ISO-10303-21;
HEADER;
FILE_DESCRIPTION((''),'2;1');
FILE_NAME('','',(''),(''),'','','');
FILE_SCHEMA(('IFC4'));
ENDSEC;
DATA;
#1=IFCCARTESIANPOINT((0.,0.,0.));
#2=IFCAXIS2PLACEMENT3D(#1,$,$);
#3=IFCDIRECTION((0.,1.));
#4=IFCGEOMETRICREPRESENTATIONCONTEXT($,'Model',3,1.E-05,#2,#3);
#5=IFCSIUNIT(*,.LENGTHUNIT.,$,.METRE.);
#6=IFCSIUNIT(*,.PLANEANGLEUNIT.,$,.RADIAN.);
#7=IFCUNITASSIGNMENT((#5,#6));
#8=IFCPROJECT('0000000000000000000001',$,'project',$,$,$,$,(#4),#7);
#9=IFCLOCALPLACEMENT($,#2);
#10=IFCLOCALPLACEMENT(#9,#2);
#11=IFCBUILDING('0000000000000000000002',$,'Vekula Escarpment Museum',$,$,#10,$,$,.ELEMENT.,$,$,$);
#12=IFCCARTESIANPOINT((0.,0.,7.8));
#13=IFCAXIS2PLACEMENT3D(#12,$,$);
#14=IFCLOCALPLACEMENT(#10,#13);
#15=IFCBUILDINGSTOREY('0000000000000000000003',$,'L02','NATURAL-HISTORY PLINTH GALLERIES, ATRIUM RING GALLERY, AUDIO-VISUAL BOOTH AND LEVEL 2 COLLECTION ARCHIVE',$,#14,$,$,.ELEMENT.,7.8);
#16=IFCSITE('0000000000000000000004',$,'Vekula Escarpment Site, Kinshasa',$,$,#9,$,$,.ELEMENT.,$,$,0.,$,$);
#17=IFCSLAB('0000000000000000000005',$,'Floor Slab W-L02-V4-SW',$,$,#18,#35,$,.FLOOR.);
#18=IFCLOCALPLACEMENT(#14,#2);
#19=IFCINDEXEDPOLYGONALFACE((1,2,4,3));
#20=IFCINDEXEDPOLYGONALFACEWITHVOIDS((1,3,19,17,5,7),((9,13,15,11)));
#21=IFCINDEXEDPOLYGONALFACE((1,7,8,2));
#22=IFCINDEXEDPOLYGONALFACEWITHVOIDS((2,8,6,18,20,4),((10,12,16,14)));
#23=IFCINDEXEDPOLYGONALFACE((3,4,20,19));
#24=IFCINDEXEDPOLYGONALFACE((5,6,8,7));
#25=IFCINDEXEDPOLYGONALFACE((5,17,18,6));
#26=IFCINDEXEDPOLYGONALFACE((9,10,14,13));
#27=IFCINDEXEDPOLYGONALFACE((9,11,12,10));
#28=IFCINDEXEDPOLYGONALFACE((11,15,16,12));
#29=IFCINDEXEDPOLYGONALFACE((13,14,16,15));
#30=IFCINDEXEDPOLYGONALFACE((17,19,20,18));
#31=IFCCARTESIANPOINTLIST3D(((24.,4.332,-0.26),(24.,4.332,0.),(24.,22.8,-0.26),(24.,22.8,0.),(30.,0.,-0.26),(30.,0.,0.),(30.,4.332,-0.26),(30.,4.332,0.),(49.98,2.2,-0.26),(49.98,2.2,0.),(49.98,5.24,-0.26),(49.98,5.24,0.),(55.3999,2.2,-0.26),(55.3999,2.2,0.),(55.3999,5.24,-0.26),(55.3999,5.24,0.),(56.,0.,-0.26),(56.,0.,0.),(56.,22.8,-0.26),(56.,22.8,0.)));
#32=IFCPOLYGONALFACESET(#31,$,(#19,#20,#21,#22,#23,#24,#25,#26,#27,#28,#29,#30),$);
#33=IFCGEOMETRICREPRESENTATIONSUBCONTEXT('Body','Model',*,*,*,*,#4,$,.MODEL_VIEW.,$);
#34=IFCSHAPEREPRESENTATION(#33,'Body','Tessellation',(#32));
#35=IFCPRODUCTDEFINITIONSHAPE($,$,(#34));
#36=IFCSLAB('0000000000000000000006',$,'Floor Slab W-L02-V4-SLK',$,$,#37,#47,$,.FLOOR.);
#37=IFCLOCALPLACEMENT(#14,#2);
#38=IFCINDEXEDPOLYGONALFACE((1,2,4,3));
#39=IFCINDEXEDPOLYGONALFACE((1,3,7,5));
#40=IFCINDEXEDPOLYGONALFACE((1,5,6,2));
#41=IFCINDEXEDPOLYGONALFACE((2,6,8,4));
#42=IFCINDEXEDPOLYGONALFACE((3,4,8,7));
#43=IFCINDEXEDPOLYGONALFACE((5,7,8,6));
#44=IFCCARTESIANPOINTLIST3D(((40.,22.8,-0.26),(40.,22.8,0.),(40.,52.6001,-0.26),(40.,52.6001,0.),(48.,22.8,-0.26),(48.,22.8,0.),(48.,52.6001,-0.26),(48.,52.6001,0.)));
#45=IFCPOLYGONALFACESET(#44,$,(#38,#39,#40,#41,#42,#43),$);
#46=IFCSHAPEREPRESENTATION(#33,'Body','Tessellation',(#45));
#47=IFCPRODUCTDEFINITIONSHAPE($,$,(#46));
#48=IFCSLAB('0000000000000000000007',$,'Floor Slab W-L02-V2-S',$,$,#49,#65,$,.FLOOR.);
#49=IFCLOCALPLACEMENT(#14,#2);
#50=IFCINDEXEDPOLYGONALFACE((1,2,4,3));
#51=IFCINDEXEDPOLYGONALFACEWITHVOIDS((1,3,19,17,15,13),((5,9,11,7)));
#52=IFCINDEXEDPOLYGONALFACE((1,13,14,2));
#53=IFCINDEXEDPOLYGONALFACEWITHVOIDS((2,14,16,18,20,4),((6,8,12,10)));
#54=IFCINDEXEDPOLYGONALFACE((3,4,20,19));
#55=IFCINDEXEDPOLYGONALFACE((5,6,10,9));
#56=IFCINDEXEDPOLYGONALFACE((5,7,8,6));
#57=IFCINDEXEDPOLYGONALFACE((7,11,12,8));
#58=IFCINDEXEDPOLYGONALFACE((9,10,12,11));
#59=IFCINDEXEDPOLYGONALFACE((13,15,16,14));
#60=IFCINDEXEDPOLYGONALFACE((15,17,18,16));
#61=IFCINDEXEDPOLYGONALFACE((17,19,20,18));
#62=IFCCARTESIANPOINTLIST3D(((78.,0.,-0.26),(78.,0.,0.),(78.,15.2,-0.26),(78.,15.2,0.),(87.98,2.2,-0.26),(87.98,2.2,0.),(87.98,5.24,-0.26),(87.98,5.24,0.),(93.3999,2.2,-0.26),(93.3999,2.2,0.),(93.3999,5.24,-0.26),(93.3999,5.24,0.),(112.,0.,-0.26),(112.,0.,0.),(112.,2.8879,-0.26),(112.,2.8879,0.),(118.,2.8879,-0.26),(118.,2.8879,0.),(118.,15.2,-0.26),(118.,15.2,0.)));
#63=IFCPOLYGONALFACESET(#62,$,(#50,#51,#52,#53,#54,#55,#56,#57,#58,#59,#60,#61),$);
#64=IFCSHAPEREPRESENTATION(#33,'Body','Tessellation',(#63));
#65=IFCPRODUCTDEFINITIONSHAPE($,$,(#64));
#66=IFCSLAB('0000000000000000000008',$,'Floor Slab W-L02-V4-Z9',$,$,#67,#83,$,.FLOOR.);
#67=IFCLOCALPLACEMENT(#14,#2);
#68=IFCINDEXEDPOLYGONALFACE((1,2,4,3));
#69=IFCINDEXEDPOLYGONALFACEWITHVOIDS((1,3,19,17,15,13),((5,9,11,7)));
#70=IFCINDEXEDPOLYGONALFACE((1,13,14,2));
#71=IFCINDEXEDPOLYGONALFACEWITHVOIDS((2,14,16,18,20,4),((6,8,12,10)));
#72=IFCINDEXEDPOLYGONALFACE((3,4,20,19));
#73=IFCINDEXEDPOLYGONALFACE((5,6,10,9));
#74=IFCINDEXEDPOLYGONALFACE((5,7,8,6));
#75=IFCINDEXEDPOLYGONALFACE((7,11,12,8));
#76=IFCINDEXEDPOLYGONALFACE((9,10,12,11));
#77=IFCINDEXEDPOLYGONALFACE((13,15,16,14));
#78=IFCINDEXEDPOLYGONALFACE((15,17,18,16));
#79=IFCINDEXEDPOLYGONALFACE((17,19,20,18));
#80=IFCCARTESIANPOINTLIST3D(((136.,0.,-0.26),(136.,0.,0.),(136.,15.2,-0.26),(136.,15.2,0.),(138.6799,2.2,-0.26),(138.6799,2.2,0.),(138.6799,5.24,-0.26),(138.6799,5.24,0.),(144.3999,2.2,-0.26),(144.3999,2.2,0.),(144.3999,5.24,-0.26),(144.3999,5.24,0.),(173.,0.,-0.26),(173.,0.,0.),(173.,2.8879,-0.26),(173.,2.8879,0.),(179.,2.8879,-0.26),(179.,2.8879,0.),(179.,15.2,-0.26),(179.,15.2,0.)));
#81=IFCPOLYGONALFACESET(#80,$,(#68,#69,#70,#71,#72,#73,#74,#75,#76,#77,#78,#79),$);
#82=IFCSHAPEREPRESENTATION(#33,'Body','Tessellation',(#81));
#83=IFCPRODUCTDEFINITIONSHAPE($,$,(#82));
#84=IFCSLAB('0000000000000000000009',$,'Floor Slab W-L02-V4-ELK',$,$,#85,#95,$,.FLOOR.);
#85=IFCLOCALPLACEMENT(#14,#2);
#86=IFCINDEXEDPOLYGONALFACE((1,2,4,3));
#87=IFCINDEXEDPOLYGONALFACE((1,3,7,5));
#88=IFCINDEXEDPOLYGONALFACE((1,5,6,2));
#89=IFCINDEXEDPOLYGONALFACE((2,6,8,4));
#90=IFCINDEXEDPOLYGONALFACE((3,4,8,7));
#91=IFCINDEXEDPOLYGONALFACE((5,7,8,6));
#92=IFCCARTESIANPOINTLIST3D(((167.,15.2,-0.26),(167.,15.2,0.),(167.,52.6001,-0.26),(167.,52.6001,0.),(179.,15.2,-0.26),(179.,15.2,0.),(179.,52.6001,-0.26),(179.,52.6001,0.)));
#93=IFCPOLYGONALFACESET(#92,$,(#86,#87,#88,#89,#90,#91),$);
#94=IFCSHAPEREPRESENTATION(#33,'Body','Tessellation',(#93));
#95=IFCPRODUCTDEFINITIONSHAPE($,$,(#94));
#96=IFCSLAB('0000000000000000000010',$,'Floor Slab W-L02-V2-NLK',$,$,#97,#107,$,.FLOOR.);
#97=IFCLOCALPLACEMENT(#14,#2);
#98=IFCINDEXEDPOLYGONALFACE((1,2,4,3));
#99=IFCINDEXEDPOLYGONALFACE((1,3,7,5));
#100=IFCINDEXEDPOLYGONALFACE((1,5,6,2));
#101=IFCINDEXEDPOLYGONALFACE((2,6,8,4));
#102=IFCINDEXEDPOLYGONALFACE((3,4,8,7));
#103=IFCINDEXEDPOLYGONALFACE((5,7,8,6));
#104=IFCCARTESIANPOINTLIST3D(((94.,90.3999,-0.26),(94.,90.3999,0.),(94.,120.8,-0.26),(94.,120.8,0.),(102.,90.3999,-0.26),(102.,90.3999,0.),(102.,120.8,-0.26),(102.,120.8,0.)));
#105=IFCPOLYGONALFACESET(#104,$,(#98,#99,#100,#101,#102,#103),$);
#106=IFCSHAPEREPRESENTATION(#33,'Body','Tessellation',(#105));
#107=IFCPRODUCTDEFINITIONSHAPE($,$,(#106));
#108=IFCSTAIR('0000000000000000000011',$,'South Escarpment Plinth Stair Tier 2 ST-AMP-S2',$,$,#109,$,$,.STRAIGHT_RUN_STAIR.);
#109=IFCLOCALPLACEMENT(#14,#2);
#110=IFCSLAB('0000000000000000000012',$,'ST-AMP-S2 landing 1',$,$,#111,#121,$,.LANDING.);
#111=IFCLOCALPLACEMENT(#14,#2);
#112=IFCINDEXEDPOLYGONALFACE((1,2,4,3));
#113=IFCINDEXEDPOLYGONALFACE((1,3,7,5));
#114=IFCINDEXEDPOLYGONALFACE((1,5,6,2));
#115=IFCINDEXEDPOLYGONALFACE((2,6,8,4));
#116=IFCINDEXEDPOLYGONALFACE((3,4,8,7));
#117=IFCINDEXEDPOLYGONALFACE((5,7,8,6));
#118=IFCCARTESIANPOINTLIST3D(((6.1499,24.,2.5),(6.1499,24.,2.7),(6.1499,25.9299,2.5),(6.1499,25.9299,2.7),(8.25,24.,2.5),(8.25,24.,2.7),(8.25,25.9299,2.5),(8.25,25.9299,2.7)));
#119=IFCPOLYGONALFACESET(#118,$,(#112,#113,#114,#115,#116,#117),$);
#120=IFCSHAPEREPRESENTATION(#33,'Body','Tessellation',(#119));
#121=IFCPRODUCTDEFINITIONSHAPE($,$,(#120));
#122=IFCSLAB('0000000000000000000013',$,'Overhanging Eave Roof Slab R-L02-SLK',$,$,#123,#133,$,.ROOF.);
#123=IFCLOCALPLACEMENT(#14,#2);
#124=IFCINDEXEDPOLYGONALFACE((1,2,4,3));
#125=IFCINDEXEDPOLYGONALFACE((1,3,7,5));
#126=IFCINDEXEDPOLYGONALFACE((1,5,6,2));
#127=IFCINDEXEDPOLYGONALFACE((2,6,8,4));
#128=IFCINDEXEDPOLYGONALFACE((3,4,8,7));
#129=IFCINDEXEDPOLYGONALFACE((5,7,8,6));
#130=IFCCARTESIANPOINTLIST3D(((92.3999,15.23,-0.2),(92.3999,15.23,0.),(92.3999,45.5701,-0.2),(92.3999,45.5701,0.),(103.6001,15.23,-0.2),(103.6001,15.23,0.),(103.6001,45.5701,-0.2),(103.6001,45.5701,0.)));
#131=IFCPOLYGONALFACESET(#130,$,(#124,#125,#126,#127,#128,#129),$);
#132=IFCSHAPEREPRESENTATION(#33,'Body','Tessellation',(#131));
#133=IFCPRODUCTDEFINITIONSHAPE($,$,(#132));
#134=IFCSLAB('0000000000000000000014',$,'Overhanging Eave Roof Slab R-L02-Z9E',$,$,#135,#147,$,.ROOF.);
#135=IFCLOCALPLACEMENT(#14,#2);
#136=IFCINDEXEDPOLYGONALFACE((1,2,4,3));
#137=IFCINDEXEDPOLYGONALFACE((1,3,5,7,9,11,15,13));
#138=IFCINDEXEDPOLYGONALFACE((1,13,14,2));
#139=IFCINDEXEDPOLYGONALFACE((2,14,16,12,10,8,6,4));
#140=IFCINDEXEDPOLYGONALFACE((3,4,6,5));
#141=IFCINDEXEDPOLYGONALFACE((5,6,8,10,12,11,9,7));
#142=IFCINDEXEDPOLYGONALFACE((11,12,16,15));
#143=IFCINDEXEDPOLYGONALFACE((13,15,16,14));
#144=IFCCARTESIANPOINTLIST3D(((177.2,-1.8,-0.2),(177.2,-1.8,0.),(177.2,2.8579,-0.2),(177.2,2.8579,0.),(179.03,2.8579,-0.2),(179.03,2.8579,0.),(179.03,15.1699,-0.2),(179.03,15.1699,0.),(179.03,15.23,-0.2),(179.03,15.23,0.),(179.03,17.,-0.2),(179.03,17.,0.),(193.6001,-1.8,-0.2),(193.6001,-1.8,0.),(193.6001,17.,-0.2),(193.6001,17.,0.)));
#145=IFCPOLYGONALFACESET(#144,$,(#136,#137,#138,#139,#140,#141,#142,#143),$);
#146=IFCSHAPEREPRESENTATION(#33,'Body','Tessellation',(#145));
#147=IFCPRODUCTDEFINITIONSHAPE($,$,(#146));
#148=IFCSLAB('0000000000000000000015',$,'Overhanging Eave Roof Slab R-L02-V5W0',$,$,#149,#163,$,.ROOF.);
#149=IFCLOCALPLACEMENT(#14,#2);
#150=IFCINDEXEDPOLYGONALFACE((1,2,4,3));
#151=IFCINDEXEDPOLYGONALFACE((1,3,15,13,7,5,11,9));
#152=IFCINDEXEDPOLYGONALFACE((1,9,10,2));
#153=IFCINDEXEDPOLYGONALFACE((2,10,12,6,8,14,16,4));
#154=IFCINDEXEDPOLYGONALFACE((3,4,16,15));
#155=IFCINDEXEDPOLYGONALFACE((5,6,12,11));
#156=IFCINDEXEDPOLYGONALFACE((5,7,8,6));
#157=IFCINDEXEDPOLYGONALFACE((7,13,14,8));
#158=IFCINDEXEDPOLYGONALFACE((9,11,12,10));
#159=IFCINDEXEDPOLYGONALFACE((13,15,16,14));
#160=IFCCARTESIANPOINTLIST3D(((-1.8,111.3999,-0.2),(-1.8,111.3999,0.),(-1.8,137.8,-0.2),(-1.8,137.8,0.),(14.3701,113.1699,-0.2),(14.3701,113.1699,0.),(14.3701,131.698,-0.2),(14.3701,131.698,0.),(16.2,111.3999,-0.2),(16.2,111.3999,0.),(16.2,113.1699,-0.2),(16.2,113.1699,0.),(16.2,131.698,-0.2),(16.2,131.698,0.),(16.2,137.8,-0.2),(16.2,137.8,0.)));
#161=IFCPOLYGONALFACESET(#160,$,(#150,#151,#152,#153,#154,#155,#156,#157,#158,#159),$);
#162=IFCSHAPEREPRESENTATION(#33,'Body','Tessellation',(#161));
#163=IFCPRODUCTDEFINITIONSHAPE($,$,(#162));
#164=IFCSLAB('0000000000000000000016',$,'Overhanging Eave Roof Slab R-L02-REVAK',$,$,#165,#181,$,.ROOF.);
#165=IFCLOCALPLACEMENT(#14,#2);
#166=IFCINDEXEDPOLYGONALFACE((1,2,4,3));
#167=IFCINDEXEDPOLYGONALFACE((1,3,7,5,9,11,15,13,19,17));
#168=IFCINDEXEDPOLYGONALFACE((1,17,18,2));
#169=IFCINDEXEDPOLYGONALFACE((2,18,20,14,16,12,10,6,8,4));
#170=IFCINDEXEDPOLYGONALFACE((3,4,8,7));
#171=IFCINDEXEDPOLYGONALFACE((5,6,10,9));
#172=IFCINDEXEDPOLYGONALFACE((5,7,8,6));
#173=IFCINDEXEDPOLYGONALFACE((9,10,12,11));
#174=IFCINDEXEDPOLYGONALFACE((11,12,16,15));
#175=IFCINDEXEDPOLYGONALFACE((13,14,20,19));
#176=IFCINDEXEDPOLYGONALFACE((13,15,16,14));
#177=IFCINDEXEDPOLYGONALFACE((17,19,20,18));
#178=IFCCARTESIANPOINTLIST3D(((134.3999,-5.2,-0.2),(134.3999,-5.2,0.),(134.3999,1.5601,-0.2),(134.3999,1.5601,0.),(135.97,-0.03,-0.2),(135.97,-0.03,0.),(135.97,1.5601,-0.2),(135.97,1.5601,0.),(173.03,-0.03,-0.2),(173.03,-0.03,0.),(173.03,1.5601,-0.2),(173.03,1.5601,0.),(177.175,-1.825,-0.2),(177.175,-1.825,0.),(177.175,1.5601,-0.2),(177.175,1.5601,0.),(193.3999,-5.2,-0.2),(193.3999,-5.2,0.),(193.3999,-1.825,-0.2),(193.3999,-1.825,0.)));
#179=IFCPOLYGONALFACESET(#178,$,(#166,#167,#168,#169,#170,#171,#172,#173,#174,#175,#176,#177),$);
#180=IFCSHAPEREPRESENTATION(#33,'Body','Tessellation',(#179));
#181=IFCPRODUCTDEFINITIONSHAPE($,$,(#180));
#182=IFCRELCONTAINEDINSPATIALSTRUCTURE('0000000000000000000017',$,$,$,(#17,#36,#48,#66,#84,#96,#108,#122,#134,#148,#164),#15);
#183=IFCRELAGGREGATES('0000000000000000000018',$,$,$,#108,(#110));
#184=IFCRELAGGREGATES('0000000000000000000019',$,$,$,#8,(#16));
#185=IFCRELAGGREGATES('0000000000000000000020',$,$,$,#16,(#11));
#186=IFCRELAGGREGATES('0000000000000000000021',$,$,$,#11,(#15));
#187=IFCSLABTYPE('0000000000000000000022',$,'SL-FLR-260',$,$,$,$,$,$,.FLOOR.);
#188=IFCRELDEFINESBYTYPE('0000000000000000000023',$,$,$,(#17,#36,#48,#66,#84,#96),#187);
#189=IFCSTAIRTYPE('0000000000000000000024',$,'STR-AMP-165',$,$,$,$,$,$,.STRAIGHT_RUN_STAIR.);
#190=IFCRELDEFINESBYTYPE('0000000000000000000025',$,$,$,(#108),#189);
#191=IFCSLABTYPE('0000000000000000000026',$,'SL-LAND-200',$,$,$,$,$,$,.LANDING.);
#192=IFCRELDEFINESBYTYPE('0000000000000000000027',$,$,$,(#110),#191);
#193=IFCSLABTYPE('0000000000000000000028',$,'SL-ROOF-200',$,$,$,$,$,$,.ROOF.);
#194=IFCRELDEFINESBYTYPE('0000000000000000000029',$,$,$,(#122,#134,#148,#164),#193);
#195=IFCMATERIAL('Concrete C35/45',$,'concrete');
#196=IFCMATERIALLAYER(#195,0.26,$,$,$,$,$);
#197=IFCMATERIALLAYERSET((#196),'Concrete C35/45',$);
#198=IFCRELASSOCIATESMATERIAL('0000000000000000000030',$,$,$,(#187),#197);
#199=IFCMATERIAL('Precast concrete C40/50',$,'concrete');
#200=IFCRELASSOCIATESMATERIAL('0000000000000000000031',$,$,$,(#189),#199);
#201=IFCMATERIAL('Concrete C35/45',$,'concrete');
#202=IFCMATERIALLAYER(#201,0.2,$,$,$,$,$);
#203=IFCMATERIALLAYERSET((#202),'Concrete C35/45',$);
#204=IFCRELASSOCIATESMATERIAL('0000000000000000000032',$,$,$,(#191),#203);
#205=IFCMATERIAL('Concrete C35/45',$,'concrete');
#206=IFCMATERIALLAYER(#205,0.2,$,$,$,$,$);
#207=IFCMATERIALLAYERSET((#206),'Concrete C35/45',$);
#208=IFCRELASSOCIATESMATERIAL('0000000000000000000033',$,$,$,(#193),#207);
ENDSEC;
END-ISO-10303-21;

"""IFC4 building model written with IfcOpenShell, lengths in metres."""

from ifc_helpers import new_model, si_unit, direction, frame, origin, place, context, subcontext, project, spatial, polyline, outline, extrude, material, layer, layer_set, type_object, element, aggregate, save


model = new_model("IFC4")

# Units and contexts
model_context = context("Model", 3, precision=1e-05, world=origin(), true_north=direction((0.0, 1.0)))
body_context = subcontext(model_context, "Body", "Model", "MODEL_VIEW")
ifc_project = project(units=[si_unit("LENGTHUNIT", "METRE"), si_unit("PLANEANGLEUNIT", "RADIAN")], contexts=[model_context])

# Site, building, storey
site_placement = place(None, origin())
site = spatial("IfcSite", under=ifc_project, at=site_placement, Name="Vekula Escarpment Site, Kinshasa", CompositionType="ELEMENT", RefElevation=0.0)
building_placement = place(site_placement, origin())
building = spatial("IfcBuilding", under=site, at=building_placement, Name="Vekula Escarpment Museum", CompositionType="ELEMENT")
storey_placement = place(building_placement, frame((0.0, 0.0, 7.8)))
storey = spatial("IfcBuildingStorey", under=building, at=storey_placement, Name="L02", Description="NATURAL-HISTORY PLINTH GALLERIES, ATRIUM RING GALLERY, AUDIO-VISUAL BOOTH AND LEVEL 2 COLLECTION ARCHIVE", CompositionType="ELEMENT", Elevation=7.8)

# Slabs
ifc_material_1 = material(Name="Concrete C35/45", Category="concrete")
ifc_layer_1 = layer(ifc_material_1, 0.26)
ifc_layer_set_1 = layer_set([ifc_layer_1], Name="Concrete C35/45")
slab_type_1 = type_object("IfcSlabType", Name="SL-FLR-260", PredefinedType="FLOOR", material=ifc_layer_set_1)
slab_1_placement = place(storey_placement, frame((0.0, 0.0, -0.26)))
element("IfcSlab", 1, at=slab_1_placement, inside=storey, type_object=slab_type_1, Name="Floor Slab W-L02-V4-SW", PredefinedType="FLOOR", context=body_context, shape_type="SweptSolid", body=[
    extrude(outline(polyline([(30.0, 0.0), (56.0, 0.0), (56.0, 22.8), (24.0, 22.8), (24.0, 4.332), (30.0, 4.332), (30.0, 0.0)]), holes=[polyline([(49.98, 2.2), (55.3999, 2.2), (55.3999, 5.24), (49.98, 5.24), (49.98, 2.2)])]), origin(), (0.0, 0.0, 1.0), 0.26),
])
slab_2_placement = place(storey_placement, frame((0.0, 0.0, -0.26)))
element("IfcSlab", 2, at=slab_2_placement, inside=storey, type_object=slab_type_1, Name="Floor Slab W-L02-V4-SLK", PredefinedType="FLOOR", context=body_context, shape_type="SweptSolid", body=[
    extrude(outline(polyline([(40.0, 22.8), (48.0, 22.8), (48.0, 52.6001), (40.0, 52.6001), (40.0, 22.8)])), origin(), (0.0, 0.0, 1.0), 0.26),
])
slab_3_placement = place(storey_placement, frame((0.0, 0.0, -0.26)))
element("IfcSlab", 3, at=slab_3_placement, inside=storey, type_object=slab_type_1, Name="Floor Slab W-L02-V2-S", PredefinedType="FLOOR", context=body_context, shape_type="SweptSolid", body=[
    extrude(outline(polyline([(78.0, 0.0), (112.0, 0.0), (112.0, 2.8879), (118.0, 2.8879), (118.0, 15.2), (78.0, 15.2), (78.0, 0.0)]), holes=[polyline([(87.98, 2.2), (93.3999, 2.2), (93.3999, 5.24), (87.98, 5.24), (87.98, 2.2)])]), origin(), (0.0, 0.0, 1.0), 0.26),
])
slab_4_placement = place(storey_placement, frame((0.0, 0.0, -0.26)))
element("IfcSlab", 4, at=slab_4_placement, inside=storey, type_object=slab_type_1, Name="Floor Slab W-L02-V4-Z9", PredefinedType="FLOOR", context=body_context, shape_type="SweptSolid", body=[
    extrude(outline(polyline([(136.0, 0.0), (173.0, 0.0), (173.0, 2.8879), (179.0, 2.8879), (179.0, 15.2), (136.0, 15.2), (136.0, 0.0)]), holes=[polyline([(138.6799, 2.2), (144.3999, 2.2), (144.3999, 5.24), (138.6799, 5.24), (138.6799, 2.2)])]), origin(), (0.0, 0.0, 1.0), 0.26),
])
slab_5_placement = place(storey_placement, frame((0.0, 0.0, -0.26)))
element("IfcSlab", 5, at=slab_5_placement, inside=storey, type_object=slab_type_1, Name="Floor Slab W-L02-V4-ELK", PredefinedType="FLOOR", context=body_context, shape_type="SweptSolid", body=[
    extrude(outline(polyline([(167.0, 15.2), (179.0, 15.2), (179.0, 52.6001), (167.0, 52.6001), (167.0, 15.2)])), origin(), (0.0, 0.0, 1.0), 0.26),
])
slab_6_placement = place(storey_placement, frame((0.0, 0.0, -0.26)))
element("IfcSlab", 6, at=slab_6_placement, inside=storey, type_object=slab_type_1, Name="Floor Slab W-L02-V2-NLK", PredefinedType="FLOOR", context=body_context, shape_type="SweptSolid", body=[
    extrude(outline(polyline([(94.0, 90.3999), (102.0, 90.3999), (102.0, 120.8), (94.0, 120.8), (94.0, 90.3999)])), origin(), (0.0, 0.0, 1.0), 0.26),
])

# Stair, slab
ifc_material_2 = material(Name="Precast concrete C40/50", Category="concrete")
stair_type = type_object("IfcStairType", Name="STR-AMP-165", PredefinedType="STRAIGHT_RUN_STAIR", material=ifc_material_2)
stair_placement = place(storey_placement, origin())
stair = element("IfcStair", 7, at=stair_placement, inside=storey, type_object=stair_type, Name="South Escarpment Plinth Stair Tier 2 ST-AMP-S2", PredefinedType="STRAIGHT_RUN_STAIR")
ifc_material_3 = material(Name="Concrete C35/45", Category="concrete")
ifc_layer_2 = layer(ifc_material_3, 0.2)
ifc_layer_set_2 = layer_set([ifc_layer_2], Name="Concrete C35/45")
slab_type_2 = type_object("IfcSlabType", Name="SL-LAND-200", PredefinedType="LANDING", material=ifc_layer_set_2)
slab_7_placement = place(storey_placement, frame((0.0, 0.0, 2.5)))
slab_7 = element("IfcSlab", 8, at=slab_7_placement, type_object=slab_type_2, Name="ST-AMP-S2 landing 1", PredefinedType="LANDING", context=body_context, shape_type="SweptSolid", body=[
    extrude(outline(polyline([(6.1499, 24.0), (8.25, 24.0), (8.25, 25.9299), (6.1499, 25.9299), (6.1499, 24.0)])), origin(), (0.0, 0.0, 1.0), 0.2),
])
aggregate(stair, [slab_7])

# Slabs
ifc_material_4 = material(Name="Concrete C35/45", Category="concrete")
ifc_layer_3 = layer(ifc_material_4, 0.2)
ifc_layer_set_3 = layer_set([ifc_layer_3], Name="Concrete C35/45")
slab_type_3 = type_object("IfcSlabType", Name="SL-ROOF-200", PredefinedType="ROOF", material=ifc_layer_set_3)
slab_8_placement = place(storey_placement, frame((0.0, 0.0, -0.2)))
element("IfcSlab", 9, at=slab_8_placement, inside=storey, type_object=slab_type_3, Name="Overhanging Eave Roof Slab R-L02-SLK", PredefinedType="ROOF", context=body_context, shape_type="SweptSolid", body=[
    extrude(outline(polyline([(92.3999, 45.5701), (103.6001, 45.5701), (103.6001, 15.23), (92.3999, 15.23), (92.3999, 45.5701)])), origin(), (0.0, 0.0, 1.0), 0.2),
])
slab_9_placement = place(storey_placement, frame((0.0, 0.0, -0.2)))
element("IfcSlab", 10, at=slab_9_placement, inside=storey, type_object=slab_type_3, Name="Overhanging Eave Roof Slab R-L02-Z9E", PredefinedType="ROOF", context=body_context, shape_type="SweptSolid", body=[
    extrude(outline(polyline([(177.2, 2.8579), (179.03, 2.8579), (179.03, 15.1699), (179.03, 15.23), (179.03, 17.0), (193.6001, 17.0), (193.6001, -1.8), (177.2, -1.8), (177.2, 2.8579)])), origin(), (0.0, 0.0, 1.0), 0.2),
])
slab_10_placement = place(storey_placement, frame((0.0, 0.0, -0.2)))
element("IfcSlab", 11, at=slab_10_placement, inside=storey, type_object=slab_type_3, Name="Overhanging Eave Roof Slab R-L02-V5W0", PredefinedType="ROOF", context=body_context, shape_type="SweptSolid", body=[
    extrude(outline(polyline([(-1.8, 137.8), (16.2, 137.8), (16.2, 131.698), (14.3701, 131.698), (14.3701, 113.1699), (16.2, 113.1699), (16.2, 111.3999), (-1.8, 111.3999), (-1.8, 137.8)])), origin(), (0.0, 0.0, 1.0), 0.2),
])
slab_11_placement = place(storey_placement, frame((0.0, 0.0, -0.2)))
element("IfcSlab", 12, at=slab_11_placement, inside=storey, type_object=slab_type_3, Name="Overhanging Eave Roof Slab R-L02-REVAK", PredefinedType="ROOF", context=body_context, shape_type="SweptSolid", body=[
    extrude(outline(polyline([(134.3999, 1.5601), (135.97, 1.5601), (135.97, -0.03), (173.03, -0.03), (173.03, 1.5601), (177.175, 1.5601), (177.175, -1.825), (193.3999, -1.825), (193.3999, -5.2), (134.3999, -5.2), (134.3999, 1.5601)])), origin(), (0.0, 0.0, 1.0), 0.2),
])

save(model, "model.ifc")
